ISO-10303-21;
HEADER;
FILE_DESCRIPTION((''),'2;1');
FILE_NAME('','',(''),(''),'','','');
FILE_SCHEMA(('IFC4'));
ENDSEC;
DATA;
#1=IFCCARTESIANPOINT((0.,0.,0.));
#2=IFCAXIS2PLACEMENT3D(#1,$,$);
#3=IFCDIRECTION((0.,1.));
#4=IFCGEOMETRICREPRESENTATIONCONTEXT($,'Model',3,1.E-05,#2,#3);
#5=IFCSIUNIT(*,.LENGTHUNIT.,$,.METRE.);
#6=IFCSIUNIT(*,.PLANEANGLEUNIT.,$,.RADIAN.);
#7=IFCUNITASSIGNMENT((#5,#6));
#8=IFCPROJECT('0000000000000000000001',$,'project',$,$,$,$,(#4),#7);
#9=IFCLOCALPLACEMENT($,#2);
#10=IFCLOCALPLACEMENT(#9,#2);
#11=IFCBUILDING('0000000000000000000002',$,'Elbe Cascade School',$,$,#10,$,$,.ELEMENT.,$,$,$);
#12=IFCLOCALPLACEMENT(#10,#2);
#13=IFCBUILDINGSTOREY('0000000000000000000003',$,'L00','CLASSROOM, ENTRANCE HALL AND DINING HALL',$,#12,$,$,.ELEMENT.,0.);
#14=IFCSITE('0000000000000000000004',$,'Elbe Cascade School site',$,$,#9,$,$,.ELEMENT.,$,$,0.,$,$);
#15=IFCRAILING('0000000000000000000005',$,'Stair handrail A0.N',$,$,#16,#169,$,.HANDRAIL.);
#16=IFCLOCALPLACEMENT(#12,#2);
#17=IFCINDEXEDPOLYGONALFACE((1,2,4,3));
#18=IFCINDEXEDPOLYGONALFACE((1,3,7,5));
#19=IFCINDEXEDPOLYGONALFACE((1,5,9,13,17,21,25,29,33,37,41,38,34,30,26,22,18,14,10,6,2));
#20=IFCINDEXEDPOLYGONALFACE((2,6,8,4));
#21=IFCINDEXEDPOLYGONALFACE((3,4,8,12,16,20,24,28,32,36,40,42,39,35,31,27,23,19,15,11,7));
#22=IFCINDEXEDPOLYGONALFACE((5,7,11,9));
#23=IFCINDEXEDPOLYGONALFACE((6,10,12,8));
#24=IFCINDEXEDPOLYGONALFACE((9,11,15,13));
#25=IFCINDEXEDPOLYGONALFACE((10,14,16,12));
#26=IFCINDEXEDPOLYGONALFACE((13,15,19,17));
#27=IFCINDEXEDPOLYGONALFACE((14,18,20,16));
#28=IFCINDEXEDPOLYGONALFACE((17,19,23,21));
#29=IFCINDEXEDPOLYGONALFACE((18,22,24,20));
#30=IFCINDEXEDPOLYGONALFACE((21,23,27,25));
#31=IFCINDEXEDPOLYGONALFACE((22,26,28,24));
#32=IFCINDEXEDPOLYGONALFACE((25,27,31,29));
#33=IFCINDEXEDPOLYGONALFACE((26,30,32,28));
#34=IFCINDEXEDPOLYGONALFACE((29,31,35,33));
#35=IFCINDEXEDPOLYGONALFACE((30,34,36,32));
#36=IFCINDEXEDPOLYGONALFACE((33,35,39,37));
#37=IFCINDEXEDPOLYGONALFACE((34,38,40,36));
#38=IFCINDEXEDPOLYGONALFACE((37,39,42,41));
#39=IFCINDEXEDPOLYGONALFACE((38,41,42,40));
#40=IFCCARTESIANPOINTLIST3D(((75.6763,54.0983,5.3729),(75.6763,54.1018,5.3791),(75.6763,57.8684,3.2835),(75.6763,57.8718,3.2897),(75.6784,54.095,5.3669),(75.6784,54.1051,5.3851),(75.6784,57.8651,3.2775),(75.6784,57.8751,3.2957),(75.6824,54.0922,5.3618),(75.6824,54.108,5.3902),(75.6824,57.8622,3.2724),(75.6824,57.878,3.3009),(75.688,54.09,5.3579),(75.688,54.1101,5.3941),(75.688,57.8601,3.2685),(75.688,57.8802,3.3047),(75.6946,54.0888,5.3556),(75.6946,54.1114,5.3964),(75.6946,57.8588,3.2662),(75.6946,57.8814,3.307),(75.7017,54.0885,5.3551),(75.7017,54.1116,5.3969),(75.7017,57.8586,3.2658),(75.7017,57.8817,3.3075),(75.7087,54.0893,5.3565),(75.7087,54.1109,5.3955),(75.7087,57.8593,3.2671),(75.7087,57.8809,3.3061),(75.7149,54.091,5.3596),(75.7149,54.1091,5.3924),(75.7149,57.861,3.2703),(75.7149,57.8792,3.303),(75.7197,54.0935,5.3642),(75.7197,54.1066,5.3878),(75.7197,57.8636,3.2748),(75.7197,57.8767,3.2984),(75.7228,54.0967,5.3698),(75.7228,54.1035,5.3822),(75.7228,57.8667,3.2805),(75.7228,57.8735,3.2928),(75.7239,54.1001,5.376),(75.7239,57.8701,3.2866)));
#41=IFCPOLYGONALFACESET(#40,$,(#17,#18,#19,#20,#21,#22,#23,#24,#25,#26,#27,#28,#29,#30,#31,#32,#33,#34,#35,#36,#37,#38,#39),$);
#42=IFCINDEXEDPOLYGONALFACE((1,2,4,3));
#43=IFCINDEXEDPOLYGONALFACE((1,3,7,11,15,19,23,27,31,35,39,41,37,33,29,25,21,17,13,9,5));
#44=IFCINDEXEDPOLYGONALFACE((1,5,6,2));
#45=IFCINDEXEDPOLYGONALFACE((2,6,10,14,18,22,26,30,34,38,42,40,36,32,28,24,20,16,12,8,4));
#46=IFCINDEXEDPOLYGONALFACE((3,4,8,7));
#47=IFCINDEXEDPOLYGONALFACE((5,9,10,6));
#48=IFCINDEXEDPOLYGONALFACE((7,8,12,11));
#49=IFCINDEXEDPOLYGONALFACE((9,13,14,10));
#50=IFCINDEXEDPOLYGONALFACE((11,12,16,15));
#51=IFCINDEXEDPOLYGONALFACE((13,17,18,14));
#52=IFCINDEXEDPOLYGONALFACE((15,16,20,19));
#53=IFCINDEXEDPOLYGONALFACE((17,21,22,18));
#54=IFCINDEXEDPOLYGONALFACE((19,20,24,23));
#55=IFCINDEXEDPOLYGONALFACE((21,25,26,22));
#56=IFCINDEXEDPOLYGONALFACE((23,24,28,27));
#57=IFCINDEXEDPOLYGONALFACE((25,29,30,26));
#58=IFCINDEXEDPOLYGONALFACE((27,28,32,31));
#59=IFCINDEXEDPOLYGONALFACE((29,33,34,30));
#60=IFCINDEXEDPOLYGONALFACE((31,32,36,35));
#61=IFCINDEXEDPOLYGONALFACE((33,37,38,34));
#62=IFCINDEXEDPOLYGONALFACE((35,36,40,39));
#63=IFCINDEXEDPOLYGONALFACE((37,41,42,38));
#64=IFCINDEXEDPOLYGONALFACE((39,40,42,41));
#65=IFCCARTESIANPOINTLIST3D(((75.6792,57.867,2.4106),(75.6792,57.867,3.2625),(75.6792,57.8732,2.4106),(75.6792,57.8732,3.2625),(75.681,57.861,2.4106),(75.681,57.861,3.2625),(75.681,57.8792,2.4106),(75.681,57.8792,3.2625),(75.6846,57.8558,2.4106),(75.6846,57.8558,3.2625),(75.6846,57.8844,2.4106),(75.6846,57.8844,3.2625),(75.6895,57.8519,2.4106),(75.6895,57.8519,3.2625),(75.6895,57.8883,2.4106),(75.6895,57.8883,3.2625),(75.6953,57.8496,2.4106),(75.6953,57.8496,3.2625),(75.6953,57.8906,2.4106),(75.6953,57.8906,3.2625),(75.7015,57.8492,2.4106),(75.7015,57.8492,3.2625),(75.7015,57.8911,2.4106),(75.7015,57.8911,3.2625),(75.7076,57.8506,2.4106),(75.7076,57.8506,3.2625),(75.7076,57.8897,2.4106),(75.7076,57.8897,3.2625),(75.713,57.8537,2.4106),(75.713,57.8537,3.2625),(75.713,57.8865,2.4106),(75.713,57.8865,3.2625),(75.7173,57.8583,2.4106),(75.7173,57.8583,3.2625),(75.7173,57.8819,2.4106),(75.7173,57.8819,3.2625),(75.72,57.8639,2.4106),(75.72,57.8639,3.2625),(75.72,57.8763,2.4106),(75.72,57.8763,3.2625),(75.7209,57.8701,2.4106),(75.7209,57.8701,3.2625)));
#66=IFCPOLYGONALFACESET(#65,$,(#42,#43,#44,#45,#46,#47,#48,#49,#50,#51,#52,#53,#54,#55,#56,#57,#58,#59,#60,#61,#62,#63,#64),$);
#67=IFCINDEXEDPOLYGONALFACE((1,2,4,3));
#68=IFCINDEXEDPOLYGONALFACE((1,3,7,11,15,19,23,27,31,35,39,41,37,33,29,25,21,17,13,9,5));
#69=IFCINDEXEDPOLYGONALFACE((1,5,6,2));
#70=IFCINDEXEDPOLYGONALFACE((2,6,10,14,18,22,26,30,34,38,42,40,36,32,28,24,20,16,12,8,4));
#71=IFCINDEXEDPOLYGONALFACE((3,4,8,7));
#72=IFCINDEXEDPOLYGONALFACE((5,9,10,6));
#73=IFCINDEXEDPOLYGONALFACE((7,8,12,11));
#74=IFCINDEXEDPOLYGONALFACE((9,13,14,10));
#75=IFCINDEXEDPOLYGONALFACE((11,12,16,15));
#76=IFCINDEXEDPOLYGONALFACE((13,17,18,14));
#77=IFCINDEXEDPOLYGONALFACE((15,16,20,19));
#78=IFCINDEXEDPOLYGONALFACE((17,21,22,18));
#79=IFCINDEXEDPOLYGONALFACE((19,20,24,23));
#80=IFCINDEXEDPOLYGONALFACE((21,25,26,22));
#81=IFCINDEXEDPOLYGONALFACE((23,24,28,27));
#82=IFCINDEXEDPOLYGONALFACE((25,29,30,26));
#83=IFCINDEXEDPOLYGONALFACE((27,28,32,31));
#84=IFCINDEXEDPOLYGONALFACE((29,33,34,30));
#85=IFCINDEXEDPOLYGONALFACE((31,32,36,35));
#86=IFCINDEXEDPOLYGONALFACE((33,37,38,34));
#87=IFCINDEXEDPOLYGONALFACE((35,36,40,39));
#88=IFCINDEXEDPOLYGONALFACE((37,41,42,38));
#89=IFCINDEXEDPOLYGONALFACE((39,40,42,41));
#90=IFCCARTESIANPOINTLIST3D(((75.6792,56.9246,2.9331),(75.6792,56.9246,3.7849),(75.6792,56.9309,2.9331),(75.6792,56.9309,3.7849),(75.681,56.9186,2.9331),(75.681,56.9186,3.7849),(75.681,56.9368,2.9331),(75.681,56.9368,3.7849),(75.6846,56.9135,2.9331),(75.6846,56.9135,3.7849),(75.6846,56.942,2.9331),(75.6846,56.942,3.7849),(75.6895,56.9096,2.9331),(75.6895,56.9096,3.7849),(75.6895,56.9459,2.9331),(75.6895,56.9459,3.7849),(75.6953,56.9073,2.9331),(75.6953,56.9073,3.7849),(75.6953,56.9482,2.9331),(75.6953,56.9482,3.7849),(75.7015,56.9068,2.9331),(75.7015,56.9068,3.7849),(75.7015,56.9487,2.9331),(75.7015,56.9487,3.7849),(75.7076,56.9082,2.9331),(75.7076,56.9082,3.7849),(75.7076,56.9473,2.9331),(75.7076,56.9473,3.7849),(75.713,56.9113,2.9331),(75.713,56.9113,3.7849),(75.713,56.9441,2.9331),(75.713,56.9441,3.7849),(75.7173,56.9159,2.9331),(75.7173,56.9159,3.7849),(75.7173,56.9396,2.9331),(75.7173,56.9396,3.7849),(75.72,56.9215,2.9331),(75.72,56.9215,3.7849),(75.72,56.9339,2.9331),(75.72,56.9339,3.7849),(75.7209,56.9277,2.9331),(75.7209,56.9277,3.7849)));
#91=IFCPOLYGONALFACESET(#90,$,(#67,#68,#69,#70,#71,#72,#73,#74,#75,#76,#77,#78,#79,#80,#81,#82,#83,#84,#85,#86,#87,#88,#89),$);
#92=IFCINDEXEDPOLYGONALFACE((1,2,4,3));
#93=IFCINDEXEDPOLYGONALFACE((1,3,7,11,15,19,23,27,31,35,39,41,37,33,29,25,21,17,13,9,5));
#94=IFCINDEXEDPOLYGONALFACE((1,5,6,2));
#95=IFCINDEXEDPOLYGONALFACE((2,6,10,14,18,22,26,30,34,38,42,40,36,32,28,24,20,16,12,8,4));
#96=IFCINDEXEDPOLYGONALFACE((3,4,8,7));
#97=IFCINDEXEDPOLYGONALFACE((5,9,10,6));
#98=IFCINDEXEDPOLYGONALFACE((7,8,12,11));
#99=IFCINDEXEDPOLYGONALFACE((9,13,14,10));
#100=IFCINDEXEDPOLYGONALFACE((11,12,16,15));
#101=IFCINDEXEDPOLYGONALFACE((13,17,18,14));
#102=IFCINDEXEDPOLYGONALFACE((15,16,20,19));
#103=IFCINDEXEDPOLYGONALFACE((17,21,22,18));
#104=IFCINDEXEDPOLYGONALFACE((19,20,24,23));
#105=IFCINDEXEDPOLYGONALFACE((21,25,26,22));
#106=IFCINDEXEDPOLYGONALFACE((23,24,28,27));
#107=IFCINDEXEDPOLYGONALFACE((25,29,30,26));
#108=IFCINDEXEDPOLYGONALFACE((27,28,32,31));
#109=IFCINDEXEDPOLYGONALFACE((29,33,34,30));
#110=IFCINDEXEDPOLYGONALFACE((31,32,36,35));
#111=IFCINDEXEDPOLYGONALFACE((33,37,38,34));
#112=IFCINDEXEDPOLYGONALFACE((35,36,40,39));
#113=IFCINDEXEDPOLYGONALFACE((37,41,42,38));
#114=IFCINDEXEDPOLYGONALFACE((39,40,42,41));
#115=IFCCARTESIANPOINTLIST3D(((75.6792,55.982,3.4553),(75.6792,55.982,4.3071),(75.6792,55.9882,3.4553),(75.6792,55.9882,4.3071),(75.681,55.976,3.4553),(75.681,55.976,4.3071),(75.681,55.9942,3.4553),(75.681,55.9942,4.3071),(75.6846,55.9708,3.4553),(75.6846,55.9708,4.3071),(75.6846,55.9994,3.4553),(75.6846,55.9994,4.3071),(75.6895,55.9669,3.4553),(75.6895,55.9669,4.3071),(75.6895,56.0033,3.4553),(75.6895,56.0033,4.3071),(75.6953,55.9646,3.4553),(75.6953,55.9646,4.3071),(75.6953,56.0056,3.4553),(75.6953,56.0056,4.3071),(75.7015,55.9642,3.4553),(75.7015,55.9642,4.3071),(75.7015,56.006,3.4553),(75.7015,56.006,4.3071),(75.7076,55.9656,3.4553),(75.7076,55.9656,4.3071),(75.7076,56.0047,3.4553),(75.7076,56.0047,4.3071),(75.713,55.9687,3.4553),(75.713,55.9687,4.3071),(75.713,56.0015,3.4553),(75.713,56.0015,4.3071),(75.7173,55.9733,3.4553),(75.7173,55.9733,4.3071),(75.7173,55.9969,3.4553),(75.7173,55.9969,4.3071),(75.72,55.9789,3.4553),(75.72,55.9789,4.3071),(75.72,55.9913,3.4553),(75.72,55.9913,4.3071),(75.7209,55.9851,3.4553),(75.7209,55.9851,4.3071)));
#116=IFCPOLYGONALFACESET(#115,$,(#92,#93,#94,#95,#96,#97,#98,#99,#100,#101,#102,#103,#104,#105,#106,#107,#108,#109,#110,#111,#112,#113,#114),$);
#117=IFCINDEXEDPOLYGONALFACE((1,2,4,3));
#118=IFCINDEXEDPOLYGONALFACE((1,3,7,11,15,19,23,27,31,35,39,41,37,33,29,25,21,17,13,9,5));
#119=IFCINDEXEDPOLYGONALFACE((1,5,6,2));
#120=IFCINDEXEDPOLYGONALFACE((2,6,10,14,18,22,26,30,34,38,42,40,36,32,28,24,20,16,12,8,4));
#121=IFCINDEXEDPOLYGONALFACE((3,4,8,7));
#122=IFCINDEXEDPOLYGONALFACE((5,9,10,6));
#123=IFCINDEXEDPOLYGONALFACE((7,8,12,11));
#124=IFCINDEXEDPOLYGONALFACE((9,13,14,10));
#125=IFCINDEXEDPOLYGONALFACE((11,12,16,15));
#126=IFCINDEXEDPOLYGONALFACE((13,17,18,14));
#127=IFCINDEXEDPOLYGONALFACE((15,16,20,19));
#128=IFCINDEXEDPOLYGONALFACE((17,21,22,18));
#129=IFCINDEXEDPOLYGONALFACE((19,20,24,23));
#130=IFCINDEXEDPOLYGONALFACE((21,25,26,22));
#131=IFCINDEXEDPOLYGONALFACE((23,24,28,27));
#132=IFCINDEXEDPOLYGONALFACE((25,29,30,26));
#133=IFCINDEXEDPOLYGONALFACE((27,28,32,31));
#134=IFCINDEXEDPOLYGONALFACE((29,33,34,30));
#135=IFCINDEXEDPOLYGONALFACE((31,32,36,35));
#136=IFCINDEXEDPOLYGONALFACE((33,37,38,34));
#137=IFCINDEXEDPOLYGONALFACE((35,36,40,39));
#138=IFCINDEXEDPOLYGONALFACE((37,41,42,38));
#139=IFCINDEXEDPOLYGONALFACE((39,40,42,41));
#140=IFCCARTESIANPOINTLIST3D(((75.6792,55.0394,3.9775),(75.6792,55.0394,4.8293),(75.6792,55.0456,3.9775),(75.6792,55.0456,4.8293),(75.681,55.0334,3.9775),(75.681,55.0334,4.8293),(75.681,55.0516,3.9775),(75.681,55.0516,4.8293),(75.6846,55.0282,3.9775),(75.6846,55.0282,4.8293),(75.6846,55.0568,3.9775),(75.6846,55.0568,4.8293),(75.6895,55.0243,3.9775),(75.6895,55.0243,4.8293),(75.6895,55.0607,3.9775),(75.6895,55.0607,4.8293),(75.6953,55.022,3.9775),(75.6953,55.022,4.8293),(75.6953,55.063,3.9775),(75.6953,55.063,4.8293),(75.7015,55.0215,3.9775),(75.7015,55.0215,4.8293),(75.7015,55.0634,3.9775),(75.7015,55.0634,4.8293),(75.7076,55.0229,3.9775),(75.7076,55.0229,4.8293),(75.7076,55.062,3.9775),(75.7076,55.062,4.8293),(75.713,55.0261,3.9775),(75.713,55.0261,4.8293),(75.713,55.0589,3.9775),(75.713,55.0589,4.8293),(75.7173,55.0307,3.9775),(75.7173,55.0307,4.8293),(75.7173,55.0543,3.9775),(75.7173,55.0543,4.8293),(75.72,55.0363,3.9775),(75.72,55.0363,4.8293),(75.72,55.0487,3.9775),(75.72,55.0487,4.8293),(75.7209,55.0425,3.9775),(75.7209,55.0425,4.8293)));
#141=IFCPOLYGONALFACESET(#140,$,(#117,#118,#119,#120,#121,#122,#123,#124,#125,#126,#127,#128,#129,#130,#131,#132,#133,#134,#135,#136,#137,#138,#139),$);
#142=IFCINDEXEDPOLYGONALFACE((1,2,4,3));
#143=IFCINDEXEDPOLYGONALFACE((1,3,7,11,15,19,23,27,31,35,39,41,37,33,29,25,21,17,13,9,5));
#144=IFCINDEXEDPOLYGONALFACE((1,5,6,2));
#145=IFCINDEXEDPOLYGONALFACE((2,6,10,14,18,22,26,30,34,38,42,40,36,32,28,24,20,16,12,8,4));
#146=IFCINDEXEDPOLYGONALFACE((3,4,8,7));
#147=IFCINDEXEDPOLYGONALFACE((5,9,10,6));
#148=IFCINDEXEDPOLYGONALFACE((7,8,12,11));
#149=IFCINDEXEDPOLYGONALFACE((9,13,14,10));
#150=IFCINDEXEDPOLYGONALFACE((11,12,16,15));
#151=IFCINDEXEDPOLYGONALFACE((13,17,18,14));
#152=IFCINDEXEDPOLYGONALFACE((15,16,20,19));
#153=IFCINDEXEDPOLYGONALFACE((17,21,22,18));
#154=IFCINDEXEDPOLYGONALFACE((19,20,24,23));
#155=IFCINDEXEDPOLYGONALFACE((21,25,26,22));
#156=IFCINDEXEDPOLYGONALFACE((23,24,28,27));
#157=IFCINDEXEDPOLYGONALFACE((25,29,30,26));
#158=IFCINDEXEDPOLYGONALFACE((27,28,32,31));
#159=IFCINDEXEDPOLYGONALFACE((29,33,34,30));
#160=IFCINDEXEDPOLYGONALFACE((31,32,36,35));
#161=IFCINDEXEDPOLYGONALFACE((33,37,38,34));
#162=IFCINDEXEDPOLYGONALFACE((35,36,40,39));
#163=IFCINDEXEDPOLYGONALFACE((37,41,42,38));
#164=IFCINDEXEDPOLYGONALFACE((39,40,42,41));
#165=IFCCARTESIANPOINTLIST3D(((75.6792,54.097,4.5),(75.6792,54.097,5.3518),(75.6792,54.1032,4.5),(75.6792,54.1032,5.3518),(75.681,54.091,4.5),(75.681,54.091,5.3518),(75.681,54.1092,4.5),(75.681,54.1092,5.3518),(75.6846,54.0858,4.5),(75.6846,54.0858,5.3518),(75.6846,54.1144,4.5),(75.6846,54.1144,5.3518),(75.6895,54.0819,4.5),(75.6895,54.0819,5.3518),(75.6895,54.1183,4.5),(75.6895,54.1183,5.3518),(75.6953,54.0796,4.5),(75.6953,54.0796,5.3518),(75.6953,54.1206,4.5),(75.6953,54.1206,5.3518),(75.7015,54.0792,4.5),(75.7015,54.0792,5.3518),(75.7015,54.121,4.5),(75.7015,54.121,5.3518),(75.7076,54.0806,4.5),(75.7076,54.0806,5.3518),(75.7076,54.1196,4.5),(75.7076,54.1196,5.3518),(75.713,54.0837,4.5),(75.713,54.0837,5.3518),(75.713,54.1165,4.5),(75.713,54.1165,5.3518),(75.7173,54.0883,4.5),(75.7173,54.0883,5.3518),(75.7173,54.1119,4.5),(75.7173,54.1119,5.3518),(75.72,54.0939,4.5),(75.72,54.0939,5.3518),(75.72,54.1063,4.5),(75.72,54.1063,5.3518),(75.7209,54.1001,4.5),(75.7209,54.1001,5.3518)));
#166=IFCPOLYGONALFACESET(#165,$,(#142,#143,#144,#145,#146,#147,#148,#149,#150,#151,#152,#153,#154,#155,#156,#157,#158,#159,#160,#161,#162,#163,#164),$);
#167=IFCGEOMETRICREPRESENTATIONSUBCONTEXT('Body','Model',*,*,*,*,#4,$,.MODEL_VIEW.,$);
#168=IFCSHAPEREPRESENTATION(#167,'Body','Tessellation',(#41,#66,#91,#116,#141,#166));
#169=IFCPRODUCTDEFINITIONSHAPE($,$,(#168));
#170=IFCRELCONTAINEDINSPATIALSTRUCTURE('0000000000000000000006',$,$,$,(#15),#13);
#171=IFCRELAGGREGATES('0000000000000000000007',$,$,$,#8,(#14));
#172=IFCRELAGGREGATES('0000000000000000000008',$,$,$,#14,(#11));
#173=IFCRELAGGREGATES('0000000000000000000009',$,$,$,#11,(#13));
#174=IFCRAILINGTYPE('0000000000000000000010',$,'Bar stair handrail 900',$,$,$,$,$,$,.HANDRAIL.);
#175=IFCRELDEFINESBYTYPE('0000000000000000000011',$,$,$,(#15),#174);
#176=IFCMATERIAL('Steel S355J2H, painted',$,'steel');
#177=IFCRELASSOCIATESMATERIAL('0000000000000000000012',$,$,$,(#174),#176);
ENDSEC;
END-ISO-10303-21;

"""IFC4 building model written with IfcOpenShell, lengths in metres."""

from ifc_helpers import new_model, si_unit, direction, frame, origin, origin_2d, place, context, subcontext, project, spatial, circle, extrude, material, type_object, element, save


model = new_model("IFC4")

# Units and contexts
model_context = context("Model", 3, precision=1e-05, world=origin(), true_north=direction((0.0, 1.0)))
body_context = subcontext(model_context, "Body", "Model", "MODEL_VIEW")
ifc_project = project(units=[si_unit("LENGTHUNIT", "METRE"), si_unit("PLANEANGLEUNIT", "RADIAN")], contexts=[model_context])

# Site, building, storey
site_placement = place(None, origin())
site = spatial("IfcSite", under=ifc_project, at=site_placement, Name="Elbe Cascade School site", CompositionType="ELEMENT", RefElevation=0.0)
building_placement = place(site_placement, origin())
building = spatial("IfcBuilding", under=site, at=building_placement, Name="Elbe Cascade School", CompositionType="ELEMENT")
storey_placement = place(building_placement, origin())
storey = spatial("IfcBuildingStorey", under=building, at=storey_placement, Name="L00", Description="CLASSROOM, ENTRANCE HALL AND DINING HALL", CompositionType="ELEMENT", Elevation=0.0)

# Railing
ifc_material_1 = material(Name="Steel S355J2H, painted", Category="steel")
railing_type = type_object("IfcRailingType", Name="Bar stair handrail 900", PredefinedType="HANDRAIL", material=ifc_material_1)
railing_placement = place(storey_placement, frame((75.7, 57.8701, 2.4106)))
element("IfcRailing", 1, at=railing_placement, inside=storey, type_object=railing_type, Name="Stair handrail A0.N", PredefinedType="HANDRAIL", context=body_context, shape_type="SweptSolid", body=[
    extrude(circle(Radius=0.0239, at=origin_2d()), frame((0.0, 0.0, 0.876), z_axis=(0.0, -0.874659, 0.484739), x_axis=(1.0, 0.0, 0.0)), (0.0, 0.0, 1.0), 4.3103),
    extrude(circle(Radius=0.021, at=origin_2d()), origin(), (0.0, 0.0, 1.0), 0.8518),
    extrude(circle(Radius=0.021, at=origin_2d()), frame((0.0, -0.9424, 0.5225)), (0.0, 0.0, 1.0), 0.8518),
    extrude(circle(Radius=0.021, at=origin_2d()), frame((0.0, -1.885, 1.0447)), (0.0, 0.0, 1.0), 0.8518),
    extrude(circle(Radius=0.021, at=origin_2d()), frame((0.0, -2.8276, 1.5669)), (0.0, 0.0, 1.0), 0.8518),
    extrude(circle(Radius=0.021, at=origin_2d()), frame((0.0, -3.77, 2.0894)), (0.0, 0.0, 1.0), 0.8518),
])

save(model, "model.ifc")
